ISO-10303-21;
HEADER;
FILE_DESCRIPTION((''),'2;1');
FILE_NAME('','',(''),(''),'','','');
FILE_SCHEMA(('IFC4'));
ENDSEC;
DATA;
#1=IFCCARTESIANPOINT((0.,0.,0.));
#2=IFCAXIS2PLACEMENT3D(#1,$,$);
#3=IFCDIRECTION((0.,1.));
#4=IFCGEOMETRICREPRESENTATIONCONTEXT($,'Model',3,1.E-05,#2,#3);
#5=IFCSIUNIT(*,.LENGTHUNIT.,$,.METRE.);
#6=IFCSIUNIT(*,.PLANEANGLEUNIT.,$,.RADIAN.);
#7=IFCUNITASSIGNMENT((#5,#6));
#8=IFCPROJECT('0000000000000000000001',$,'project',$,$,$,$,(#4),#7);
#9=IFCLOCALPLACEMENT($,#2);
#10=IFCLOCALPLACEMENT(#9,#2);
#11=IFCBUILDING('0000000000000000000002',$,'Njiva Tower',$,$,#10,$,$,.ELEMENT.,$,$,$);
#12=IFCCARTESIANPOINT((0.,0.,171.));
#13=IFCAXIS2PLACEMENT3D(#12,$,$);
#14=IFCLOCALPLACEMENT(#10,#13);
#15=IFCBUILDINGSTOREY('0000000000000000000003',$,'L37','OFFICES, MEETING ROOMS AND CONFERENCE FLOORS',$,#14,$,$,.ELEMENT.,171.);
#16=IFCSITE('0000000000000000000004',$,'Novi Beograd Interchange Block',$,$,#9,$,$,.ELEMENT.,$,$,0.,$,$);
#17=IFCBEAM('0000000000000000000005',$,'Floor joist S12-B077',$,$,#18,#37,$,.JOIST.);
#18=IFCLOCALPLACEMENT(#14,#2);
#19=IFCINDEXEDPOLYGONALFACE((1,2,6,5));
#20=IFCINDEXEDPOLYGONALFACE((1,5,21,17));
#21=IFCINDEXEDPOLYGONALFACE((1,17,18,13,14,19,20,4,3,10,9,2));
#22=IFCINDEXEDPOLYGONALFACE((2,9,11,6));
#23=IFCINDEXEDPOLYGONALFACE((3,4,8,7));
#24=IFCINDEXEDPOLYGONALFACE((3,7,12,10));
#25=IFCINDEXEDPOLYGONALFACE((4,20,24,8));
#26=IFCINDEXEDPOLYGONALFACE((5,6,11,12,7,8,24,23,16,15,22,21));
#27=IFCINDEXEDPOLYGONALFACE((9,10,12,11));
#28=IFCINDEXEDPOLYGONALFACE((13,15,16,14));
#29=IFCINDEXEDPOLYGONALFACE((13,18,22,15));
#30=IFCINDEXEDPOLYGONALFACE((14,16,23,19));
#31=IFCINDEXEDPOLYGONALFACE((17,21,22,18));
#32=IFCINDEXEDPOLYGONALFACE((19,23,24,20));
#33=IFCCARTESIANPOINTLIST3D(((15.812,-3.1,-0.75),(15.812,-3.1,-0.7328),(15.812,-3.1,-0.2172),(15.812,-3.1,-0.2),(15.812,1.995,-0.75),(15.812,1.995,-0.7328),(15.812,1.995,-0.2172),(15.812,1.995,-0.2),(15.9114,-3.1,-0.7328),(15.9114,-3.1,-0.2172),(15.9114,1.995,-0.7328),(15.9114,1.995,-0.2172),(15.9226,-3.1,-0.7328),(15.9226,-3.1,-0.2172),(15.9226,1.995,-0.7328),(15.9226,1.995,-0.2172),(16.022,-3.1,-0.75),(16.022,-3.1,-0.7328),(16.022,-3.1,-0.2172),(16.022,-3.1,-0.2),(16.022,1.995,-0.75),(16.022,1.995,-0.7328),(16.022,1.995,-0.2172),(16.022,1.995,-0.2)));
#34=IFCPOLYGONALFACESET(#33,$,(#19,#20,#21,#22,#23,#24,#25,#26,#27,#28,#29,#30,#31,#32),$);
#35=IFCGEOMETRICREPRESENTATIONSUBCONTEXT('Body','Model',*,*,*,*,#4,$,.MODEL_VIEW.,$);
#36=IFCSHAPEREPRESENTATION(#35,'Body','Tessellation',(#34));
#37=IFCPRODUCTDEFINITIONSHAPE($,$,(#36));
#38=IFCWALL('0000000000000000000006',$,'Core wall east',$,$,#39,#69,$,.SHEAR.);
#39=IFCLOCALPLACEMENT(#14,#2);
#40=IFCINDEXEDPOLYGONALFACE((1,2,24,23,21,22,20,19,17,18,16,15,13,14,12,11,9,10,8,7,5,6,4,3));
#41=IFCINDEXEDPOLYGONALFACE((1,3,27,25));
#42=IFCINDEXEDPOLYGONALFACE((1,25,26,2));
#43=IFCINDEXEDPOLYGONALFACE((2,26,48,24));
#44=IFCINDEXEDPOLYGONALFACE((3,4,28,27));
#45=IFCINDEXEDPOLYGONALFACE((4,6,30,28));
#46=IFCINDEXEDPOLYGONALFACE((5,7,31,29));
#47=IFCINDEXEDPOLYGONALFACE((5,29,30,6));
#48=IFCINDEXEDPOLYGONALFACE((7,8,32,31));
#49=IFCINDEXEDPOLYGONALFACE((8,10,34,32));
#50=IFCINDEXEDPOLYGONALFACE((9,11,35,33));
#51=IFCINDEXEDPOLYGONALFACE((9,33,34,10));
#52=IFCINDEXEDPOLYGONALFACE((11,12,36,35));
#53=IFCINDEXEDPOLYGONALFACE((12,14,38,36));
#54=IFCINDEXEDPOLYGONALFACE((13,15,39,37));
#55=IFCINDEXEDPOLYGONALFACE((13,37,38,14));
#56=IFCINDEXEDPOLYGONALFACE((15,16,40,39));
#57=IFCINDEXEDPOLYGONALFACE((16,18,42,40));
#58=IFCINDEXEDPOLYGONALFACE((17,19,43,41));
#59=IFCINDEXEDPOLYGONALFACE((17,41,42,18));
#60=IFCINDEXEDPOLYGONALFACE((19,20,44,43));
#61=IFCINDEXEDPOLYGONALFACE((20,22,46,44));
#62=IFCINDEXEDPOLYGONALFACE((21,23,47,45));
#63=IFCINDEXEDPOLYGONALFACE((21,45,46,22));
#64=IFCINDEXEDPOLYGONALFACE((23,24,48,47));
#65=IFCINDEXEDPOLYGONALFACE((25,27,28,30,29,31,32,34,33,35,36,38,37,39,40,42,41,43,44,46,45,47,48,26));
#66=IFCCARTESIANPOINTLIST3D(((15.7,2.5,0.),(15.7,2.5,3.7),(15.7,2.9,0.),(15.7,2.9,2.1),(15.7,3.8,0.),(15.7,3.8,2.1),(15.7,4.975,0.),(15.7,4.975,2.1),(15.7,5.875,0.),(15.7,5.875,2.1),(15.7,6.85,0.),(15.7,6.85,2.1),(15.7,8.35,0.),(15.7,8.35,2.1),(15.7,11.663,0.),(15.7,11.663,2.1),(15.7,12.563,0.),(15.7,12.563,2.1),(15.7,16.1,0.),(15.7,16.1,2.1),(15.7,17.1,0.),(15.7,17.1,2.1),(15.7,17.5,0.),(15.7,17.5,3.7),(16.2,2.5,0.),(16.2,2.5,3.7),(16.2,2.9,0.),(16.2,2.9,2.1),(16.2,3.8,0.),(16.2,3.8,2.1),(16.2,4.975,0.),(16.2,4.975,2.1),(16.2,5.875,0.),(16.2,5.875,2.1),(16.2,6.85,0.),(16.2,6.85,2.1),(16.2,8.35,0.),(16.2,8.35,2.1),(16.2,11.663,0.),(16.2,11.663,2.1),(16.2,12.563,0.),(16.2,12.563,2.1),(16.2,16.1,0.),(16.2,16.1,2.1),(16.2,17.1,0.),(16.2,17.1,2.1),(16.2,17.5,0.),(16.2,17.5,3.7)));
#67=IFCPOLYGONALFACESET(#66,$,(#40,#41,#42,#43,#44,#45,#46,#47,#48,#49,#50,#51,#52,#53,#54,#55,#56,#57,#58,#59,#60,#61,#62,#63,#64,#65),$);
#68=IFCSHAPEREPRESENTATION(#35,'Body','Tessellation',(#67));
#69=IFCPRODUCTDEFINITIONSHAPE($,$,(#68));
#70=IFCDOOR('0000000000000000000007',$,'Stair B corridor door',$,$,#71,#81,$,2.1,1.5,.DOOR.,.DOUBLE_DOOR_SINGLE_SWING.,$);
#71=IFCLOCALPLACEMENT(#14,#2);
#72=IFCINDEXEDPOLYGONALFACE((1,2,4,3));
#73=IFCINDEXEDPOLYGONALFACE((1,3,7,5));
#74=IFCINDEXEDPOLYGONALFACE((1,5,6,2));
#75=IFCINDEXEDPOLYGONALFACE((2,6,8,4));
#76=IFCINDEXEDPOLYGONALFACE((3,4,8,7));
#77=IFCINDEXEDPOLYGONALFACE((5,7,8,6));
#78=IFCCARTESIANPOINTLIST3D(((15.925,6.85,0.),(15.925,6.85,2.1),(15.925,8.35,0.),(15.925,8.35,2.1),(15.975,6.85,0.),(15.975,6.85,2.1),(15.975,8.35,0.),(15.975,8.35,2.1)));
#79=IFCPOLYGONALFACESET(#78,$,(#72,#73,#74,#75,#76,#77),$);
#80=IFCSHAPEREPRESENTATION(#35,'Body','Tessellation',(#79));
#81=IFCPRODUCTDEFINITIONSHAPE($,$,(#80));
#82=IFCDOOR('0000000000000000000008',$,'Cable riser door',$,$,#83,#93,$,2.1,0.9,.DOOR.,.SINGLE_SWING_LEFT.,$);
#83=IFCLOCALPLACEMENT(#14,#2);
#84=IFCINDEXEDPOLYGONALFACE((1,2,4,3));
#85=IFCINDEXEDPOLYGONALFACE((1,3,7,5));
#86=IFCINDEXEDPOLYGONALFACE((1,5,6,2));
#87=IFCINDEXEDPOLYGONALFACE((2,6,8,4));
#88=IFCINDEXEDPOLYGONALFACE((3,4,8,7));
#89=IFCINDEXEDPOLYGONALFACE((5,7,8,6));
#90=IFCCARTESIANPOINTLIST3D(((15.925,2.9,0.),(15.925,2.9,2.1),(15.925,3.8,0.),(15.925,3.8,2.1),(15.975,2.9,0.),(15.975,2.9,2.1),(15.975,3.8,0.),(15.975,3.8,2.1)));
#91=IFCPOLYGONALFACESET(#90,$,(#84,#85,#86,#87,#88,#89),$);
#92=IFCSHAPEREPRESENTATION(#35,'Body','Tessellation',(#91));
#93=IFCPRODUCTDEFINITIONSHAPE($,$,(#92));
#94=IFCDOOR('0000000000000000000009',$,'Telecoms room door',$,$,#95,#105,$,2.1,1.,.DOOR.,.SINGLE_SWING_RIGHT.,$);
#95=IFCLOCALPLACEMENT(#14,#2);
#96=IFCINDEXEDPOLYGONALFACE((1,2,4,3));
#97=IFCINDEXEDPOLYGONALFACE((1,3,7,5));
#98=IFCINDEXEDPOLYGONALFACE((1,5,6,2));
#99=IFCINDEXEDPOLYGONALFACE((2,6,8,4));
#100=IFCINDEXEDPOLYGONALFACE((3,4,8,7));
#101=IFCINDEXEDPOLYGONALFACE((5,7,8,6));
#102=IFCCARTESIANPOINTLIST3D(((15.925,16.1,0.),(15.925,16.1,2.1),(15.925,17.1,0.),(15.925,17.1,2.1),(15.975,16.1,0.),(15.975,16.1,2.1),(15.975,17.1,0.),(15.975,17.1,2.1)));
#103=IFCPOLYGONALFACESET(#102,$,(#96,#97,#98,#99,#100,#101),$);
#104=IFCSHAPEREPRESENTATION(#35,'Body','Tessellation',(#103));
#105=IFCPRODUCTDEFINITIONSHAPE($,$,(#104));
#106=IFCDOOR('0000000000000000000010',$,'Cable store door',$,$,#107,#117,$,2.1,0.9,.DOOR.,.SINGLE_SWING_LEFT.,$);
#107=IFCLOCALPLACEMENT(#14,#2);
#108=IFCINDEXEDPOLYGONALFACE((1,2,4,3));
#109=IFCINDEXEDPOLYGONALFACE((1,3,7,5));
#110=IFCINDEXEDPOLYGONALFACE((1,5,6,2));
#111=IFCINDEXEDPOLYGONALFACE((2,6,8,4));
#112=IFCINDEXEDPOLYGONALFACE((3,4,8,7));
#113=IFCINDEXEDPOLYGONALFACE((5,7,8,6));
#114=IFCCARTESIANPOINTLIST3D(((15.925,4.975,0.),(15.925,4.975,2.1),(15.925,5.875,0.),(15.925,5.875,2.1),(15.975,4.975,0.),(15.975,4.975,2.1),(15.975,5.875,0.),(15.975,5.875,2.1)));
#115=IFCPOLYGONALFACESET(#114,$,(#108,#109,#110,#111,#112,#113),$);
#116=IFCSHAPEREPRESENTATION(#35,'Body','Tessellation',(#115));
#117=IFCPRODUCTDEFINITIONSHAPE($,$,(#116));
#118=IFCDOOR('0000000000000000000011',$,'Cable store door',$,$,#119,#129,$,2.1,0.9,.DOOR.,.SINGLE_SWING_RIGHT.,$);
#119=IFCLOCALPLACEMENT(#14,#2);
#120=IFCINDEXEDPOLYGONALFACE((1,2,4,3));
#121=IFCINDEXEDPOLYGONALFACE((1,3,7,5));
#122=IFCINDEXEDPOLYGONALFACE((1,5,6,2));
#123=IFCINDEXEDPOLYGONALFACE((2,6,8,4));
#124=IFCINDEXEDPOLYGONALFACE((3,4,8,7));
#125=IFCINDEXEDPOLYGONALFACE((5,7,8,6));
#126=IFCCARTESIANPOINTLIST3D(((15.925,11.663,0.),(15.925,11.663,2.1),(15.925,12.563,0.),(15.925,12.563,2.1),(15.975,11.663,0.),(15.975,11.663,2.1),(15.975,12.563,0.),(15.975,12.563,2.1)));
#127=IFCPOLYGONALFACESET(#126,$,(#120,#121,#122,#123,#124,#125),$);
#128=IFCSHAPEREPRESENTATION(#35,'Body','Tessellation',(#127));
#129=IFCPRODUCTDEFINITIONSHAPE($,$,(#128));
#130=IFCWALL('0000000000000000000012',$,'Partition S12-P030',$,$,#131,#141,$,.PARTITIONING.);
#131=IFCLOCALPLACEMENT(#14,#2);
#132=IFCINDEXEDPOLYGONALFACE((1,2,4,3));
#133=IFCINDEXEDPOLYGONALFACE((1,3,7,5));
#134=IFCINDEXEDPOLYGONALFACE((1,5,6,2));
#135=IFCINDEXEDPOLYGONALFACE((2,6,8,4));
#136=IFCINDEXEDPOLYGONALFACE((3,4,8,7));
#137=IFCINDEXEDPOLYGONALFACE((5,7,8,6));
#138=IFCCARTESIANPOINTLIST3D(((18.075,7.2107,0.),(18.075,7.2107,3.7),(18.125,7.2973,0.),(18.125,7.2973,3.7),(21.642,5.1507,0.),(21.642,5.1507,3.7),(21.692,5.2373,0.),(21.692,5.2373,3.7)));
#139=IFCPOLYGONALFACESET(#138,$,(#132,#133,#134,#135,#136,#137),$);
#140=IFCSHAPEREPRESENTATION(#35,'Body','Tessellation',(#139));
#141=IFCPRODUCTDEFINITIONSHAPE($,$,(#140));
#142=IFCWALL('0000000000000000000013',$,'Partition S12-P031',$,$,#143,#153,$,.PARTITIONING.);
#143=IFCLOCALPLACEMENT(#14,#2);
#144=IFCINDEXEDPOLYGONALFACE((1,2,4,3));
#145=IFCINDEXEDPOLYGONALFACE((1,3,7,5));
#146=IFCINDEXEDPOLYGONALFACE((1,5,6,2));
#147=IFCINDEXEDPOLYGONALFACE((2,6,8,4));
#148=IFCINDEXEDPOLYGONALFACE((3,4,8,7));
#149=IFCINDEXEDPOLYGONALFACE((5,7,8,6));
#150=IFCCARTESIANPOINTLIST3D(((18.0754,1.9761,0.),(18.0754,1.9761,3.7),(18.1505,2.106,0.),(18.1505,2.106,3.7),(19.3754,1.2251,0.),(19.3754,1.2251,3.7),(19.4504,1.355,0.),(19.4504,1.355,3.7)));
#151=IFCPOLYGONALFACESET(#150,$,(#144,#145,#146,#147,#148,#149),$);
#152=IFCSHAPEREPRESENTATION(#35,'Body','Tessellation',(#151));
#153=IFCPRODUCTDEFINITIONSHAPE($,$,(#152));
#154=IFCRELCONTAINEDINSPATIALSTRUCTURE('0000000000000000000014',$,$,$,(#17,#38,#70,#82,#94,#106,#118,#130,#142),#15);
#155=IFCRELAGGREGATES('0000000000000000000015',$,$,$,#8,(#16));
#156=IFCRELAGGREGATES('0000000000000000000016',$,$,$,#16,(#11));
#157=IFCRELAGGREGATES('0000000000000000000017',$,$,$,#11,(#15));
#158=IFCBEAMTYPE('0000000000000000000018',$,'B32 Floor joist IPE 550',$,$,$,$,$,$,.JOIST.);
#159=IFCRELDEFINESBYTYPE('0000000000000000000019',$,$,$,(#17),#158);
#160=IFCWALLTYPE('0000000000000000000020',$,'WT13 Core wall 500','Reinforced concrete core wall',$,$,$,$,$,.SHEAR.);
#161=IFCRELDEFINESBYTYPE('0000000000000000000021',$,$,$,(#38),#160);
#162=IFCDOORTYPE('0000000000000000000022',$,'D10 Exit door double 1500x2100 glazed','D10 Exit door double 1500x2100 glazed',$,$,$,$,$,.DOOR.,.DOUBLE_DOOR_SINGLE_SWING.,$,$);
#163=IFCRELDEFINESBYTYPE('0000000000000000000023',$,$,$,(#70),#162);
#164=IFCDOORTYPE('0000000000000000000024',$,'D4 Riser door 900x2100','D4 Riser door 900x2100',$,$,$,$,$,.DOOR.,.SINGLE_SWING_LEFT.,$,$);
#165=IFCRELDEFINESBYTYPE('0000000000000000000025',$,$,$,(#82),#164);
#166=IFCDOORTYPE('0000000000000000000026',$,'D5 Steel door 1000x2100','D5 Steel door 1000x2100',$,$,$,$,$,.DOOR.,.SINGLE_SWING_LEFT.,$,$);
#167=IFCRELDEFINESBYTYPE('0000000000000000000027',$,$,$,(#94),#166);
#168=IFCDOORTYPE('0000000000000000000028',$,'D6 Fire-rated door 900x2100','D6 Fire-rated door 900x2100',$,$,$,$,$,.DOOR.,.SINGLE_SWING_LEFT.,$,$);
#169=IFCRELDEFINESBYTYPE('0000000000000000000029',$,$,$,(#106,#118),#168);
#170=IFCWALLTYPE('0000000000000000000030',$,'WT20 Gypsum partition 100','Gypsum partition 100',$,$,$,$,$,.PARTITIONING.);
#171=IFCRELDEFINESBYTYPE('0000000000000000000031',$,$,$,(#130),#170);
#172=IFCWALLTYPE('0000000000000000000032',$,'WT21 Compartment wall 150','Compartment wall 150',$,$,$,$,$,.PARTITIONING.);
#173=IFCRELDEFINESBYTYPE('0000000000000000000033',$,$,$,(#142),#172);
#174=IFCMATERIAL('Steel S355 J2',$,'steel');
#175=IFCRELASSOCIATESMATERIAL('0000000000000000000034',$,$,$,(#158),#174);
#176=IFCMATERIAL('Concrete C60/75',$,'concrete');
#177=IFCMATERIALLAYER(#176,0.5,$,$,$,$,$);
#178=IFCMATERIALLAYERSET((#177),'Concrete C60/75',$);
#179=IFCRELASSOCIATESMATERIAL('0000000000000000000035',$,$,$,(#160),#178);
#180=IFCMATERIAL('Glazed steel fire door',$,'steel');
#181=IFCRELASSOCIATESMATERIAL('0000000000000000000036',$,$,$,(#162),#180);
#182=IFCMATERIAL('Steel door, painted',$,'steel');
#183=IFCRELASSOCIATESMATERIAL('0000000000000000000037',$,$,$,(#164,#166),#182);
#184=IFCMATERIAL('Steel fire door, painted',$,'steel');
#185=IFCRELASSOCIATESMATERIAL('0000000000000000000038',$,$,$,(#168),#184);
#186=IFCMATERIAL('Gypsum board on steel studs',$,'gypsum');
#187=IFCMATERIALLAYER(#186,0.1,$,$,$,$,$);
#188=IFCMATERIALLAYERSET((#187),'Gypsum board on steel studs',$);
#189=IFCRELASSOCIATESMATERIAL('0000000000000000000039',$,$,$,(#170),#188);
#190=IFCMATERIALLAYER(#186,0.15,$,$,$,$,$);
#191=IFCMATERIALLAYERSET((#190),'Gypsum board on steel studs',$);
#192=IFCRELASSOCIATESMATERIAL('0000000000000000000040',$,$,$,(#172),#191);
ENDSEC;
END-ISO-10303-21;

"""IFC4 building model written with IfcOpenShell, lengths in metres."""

from ifc_helpers import new_model, si_unit, direction, frame, frame_2d, origin, origin_2d, place, context, subcontext, project, spatial, rectangle, i_section, extrude, material, layer, layer_set, material_profile, profile_set, type_object, element, fill, save


model = new_model("IFC4")

# Units and contexts
model_context = context("Model", 3, precision=1e-05, world=origin(), true_north=direction((0.0, 1.0)))
body_context = subcontext(model_context, "Body", "Model", "MODEL_VIEW")
ifc_project = project(units=[si_unit("LENGTHUNIT", "METRE"), si_unit("PLANEANGLEUNIT", "RADIAN")], contexts=[model_context])

# Site, building, storey
site_placement = place(None, origin())
site = spatial("IfcSite", under=ifc_project, at=site_placement, Name="Novi Beograd Interchange Block", CompositionType="ELEMENT", RefElevation=0.0)
building_placement = place(site_placement, origin())
building = spatial("IfcBuilding", under=site, at=building_placement, Name="Njiva Tower", CompositionType="ELEMENT")
storey_placement = place(building_placement, frame((0.0, 0.0, 171.0)))
storey = spatial("IfcBuildingStorey", under=building, at=storey_placement, Name="L37", Description="OFFICES, MEETING ROOMS AND CONFERENCE FLOORS", CompositionType="ELEMENT", Elevation=171.0)

# Shared definitions
ifc_material_1 = material(Name="Steel S355 J2", Category="steel")

# Beam
ifc_material_profile_1 = material_profile(ifc_material_1, i_section(OverallWidth=0.21, OverallDepth=0.55, WebThickness=0.0111, FlangeThickness=0.0172, at=origin_2d()), Name="IPE 550")
ifc_profile_set_1 = profile_set([ifc_material_profile_1], Name="Steel S355 J2")
beam_type_1 = type_object("IfcBeamType", Name="B32 Floor joist IPE 550", PredefinedType="JOIST", material=ifc_profile_set_1)
beam_1_placement = place(storey_placement, frame((15.917, 1.995, -0.475), z_axis=(0.0, -1.0, 0.0), x_axis=(1.0, 0.0, 0.0)))
element("IfcBeam", 1, at=beam_1_placement, inside=storey, type_object=beam_type_1, Name="Floor joist S12-B077", PredefinedType="JOIST", context=body_context, shape_type="SweptSolid", body=[
    extrude(i_section(OverallWidth=0.21, OverallDepth=0.55, WebThickness=0.0111, FlangeThickness=0.0172, at=origin_2d()), origin(), (0.0, 0.0, 1.0), 5.095),
])

# Wall, openings, doors
ifc_material_2 = material(Name="Concrete C60/75", Category="concrete")
ifc_layer_1 = layer(ifc_material_2, 0.5)
ifc_layer_set_1 = layer_set([ifc_layer_1], Name="Concrete C60/75")
wall_type_1 = type_object("IfcWallType", Name="WT13 Core wall 500", Description="Reinforced concrete core wall", PredefinedType="SHEAR", material=ifc_layer_set_1)
wall_1_placement = place(storey_placement, frame((15.95, 2.5, 0.0), z_axis=(0.0, 0.0, 1.0), x_axis=(0.0, 1.0, 0.0)))
wall_1 = element("IfcWall", 2, at=wall_1_placement, inside=storey, type_object=wall_type_1, Name="Core wall east", PredefinedType="SHEAR", context=body_context, shape_type="SweptSolid", body=[
    extrude(rectangle(XDim=15.0, YDim=0.5, at=frame_2d((7.5, 0.0))), origin(), (0.0, 0.0, 1.0), 3.7),
])
opening_1_placement = place(wall_1_placement, frame((4.35, 0.0, 0.0)))
opening_1 = element("IfcOpeningElement", 3, at=opening_1_placement, cuts=wall_1, PredefinedType="OPENING", context=body_context, shape_type="SweptSolid", body=[
    extrude(rectangle(XDim=1.5, YDim=2.1, at=frame_2d((0.75, 1.05))), frame((0.0, 0.26, 0.0), z_axis=(0.0, -1.0, 0.0), x_axis=(1.0, 0.0, 0.0)), (0.0, 0.0, 1.0), 0.52),
])
opening_2_placement = place(wall_1_placement, frame((0.4, 0.0, 0.0)))
opening_2 = element("IfcOpeningElement", 4, at=opening_2_placement, cuts=wall_1, PredefinedType="OPENING", context=body_context, shape_type="SweptSolid", body=[
    extrude(rectangle(XDim=0.9, YDim=2.1, at=frame_2d((0.45, 1.05))), frame((0.0, 0.26, 0.0), z_axis=(0.0, -1.0, 0.0), x_axis=(1.0, 0.0, 0.0)), (0.0, 0.0, 1.0), 0.52),
])
opening_3_placement = place(wall_1_placement, frame((2.475, 0.0, 0.0)))
opening_3 = element("IfcOpeningElement", 5, at=opening_3_placement, cuts=wall_1, PredefinedType="OPENING", context=body_context, shape_type="SweptSolid", body=[
    extrude(rectangle(XDim=0.9, YDim=2.1, at=frame_2d((0.45, 1.05))), frame((0.0, 0.26, 0.0), z_axis=(0.0, -1.0, 0.0), x_axis=(1.0, 0.0, 0.0)), (0.0, 0.0, 1.0), 0.52),
])
opening_4_placement = place(wall_1_placement, frame((9.163, 0.0, 0.0)))
opening_4 = element("IfcOpeningElement", 6, at=opening_4_placement, cuts=wall_1, PredefinedType="OPENING", context=body_context, shape_type="SweptSolid", body=[
    extrude(rectangle(XDim=0.9, YDim=2.1, at=frame_2d((0.45, 1.05))), frame((0.0, 0.26, 0.0), z_axis=(0.0, -1.0, 0.0), x_axis=(1.0, 0.0, 0.0)), (0.0, 0.0, 1.0), 0.52),
])
opening_5_placement = place(wall_1_placement, frame((13.6, 0.0, 0.0)))
opening_5 = element("IfcOpeningElement", 7, at=opening_5_placement, cuts=wall_1, PredefinedType="OPENING", context=body_context, shape_type="SweptSolid", body=[
    extrude(rectangle(XDim=1.0, YDim=2.1, at=frame_2d((0.5, 1.05))), frame((0.0, 0.26, 0.0), z_axis=(0.0, -1.0, 0.0), x_axis=(1.0, 0.0, 0.0)), (0.0, 0.0, 1.0), 0.52),
])
ifc_material_3 = material(Name="Glazed steel fire door", Category="steel")
door_type_1 = type_object("IfcDoorType", Name="D10 Exit door double 1500x2100 glazed", Description="D10 Exit door double 1500x2100 glazed", OperationType="DOUBLE_DOOR_SINGLE_SWING", PredefinedType="DOOR", material=ifc_material_3)
door_1_placement = place(opening_1_placement, origin())
door_1 = element("IfcDoor", 8, at=door_1_placement, inside=storey, type_object=door_type_1, Name="Stair B corridor door", OperationType="DOUBLE_DOOR_SINGLE_SWING", OverallHeight=2.1, OverallWidth=1.5, PredefinedType="DOOR", context=body_context, shape_type="SweptSolid", body=[
    extrude(rectangle(XDim=1.5, YDim=2.1, at=frame_2d((0.75, 1.05))), frame((0.0, 0.025, 0.0), z_axis=(0.0, -1.0, 0.0), x_axis=(1.0, 0.0, 0.0)), (0.0, 0.0, 1.0), 0.05),
])
fill(opening_1, door_1)
ifc_material_4 = material(Name="Steel door, painted", Category="steel")
door_type_2 = type_object("IfcDoorType", Name="D4 Riser door 900x2100", Description="D4 Riser door 900x2100", OperationType="SINGLE_SWING_LEFT", PredefinedType="DOOR", material=ifc_material_4)
door_2_placement = place(opening_2_placement, origin())
door_2 = element("IfcDoor", 9, at=door_2_placement, inside=storey, type_object=door_type_2, Name="Cable riser door", OperationType="SINGLE_SWING_LEFT", OverallHeight=2.1, OverallWidth=0.9, PredefinedType="DOOR", context=body_context, shape_type="SweptSolid", body=[
    extrude(rectangle(XDim=0.9, YDim=2.1, at=frame_2d((0.45, 1.05))), frame((0.0, 0.025, 0.0), z_axis=(0.0, -1.0, 0.0), x_axis=(1.0, 0.0, 0.0)), (0.0, 0.0, 1.0), 0.05),
])
fill(opening_2, door_2)
door_type_3 = type_object("IfcDoorType", Name="D5 Steel door 1000x2100", Description="D5 Steel door 1000x2100", OperationType="SINGLE_SWING_LEFT", PredefinedType="DOOR", material=ifc_material_4)
door_3_placement = place(opening_5_placement, origin())
door_3 = element("IfcDoor", 10, at=door_3_placement, inside=storey, type_object=door_type_3, Name="Telecoms room door", OperationType="SINGLE_SWING_RIGHT", OverallHeight=2.1, OverallWidth=1.0, PredefinedType="DOOR", context=body_context, shape_type="SweptSolid", body=[
    extrude(rectangle(XDim=1.0, YDim=2.1, at=frame_2d((0.5, 1.05))), frame((0.0, 0.025, 0.0), z_axis=(0.0, -1.0, 0.0), x_axis=(1.0, 0.0, 0.0)), (0.0, 0.0, 1.0), 0.05),
])
fill(opening_5, door_3)
ifc_material_5 = material(Name="Steel fire door, painted", Category="steel")
door_type_4 = type_object("IfcDoorType", Name="D6 Fire-rated door 900x2100", Description="D6 Fire-rated door 900x2100", OperationType="SINGLE_SWING_LEFT", PredefinedType="DOOR", material=ifc_material_5)
door_4_placement = place(opening_3_placement, origin())
door_4 = element("IfcDoor", 11, at=door_4_placement, inside=storey, type_object=door_type_4, Name="Cable store door", OperationType="SINGLE_SWING_LEFT", OverallHeight=2.1, OverallWidth=0.9, PredefinedType="DOOR", context=body_context, shape_type="SweptSolid", body=[
    extrude(rectangle(XDim=0.9, YDim=2.1, at=frame_2d((0.45, 1.05))), frame((0.0, 0.025, 0.0), z_axis=(0.0, -1.0, 0.0), x_axis=(1.0, 0.0, 0.0)), (0.0, 0.0, 1.0), 0.05),
])
fill(opening_3, door_4)
door_5_placement = place(opening_4_placement, origin())
door_5 = element("IfcDoor", 12, at=door_5_placement, inside=storey, type_object=door_type_4, Name="Cable store door", OperationType="SINGLE_SWING_RIGHT", OverallHeight=2.1, OverallWidth=0.9, PredefinedType="DOOR", context=body_context, shape_type="SweptSolid", body=[
    extrude(rectangle(XDim=0.9, YDim=2.1, at=frame_2d((0.45, 1.05))), frame((0.0, 0.025, 0.0), z_axis=(0.0, -1.0, 0.0), x_axis=(1.0, 0.0, 0.0)), (0.0, 0.0, 1.0), 0.05),
])
fill(opening_4, door_5)

# Walls
ifc_material_6 = material(Name="Gypsum board on steel studs", Category="gypsum")
ifc_layer_2 = layer(ifc_material_6, 0.1)
ifc_layer_set_2 = layer_set([ifc_layer_2], Name="Gypsum board on steel studs")
wall_type_2 = type_object("IfcWallType", Name="WT20 Gypsum partition 100", Description="Gypsum partition 100", PredefinedType="PARTITIONING", material=ifc_layer_set_2)
wall_2_placement = place(storey_placement, frame((18.1, 7.254, 0.0), z_axis=(0.0, 0.0, 1.0), x_axis=(0.865963, -0.500108, 0.0)))
element("IfcWall", 13, at=wall_2_placement, inside=storey, type_object=wall_type_2, Name="Partition S12-P030", PredefinedType="PARTITIONING", context=body_context, shape_type="SweptSolid", body=[
    extrude(rectangle(XDim=4.1191, YDim=0.1, at=frame_2d((2.0596, 0.0))), origin(), (0.0, 0.0, 1.0), 3.7),
])
ifc_layer_3 = layer(ifc_material_6, 0.15)
ifc_layer_set_3 = layer_set([ifc_layer_3], Name="Gypsum board on steel studs")
wall_type_3 = type_object("IfcWallType", Name="WT21 Compartment wall 150", Description="Compartment wall 150", PredefinedType="PARTITIONING", material=ifc_layer_set_3)
wall_3_placement = place(storey_placement, frame((18.113, 2.041, 0.0), z_axis=(0.0, 0.0, 1.0), x_axis=(0.865897, -0.500222, 0.0)))
element("IfcWall", 14, at=wall_3_placement, inside=storey, type_object=wall_type_3, Name="Partition S12-P031", PredefinedType="PARTITIONING", context=body_context, shape_type="SweptSolid", body=[
    extrude(rectangle(XDim=1.5013, YDim=0.15, at=frame_2d((0.7506, 0.0))), origin(), (0.0, 0.0, 1.0), 3.7),
])

save(model, "model.ifc")
